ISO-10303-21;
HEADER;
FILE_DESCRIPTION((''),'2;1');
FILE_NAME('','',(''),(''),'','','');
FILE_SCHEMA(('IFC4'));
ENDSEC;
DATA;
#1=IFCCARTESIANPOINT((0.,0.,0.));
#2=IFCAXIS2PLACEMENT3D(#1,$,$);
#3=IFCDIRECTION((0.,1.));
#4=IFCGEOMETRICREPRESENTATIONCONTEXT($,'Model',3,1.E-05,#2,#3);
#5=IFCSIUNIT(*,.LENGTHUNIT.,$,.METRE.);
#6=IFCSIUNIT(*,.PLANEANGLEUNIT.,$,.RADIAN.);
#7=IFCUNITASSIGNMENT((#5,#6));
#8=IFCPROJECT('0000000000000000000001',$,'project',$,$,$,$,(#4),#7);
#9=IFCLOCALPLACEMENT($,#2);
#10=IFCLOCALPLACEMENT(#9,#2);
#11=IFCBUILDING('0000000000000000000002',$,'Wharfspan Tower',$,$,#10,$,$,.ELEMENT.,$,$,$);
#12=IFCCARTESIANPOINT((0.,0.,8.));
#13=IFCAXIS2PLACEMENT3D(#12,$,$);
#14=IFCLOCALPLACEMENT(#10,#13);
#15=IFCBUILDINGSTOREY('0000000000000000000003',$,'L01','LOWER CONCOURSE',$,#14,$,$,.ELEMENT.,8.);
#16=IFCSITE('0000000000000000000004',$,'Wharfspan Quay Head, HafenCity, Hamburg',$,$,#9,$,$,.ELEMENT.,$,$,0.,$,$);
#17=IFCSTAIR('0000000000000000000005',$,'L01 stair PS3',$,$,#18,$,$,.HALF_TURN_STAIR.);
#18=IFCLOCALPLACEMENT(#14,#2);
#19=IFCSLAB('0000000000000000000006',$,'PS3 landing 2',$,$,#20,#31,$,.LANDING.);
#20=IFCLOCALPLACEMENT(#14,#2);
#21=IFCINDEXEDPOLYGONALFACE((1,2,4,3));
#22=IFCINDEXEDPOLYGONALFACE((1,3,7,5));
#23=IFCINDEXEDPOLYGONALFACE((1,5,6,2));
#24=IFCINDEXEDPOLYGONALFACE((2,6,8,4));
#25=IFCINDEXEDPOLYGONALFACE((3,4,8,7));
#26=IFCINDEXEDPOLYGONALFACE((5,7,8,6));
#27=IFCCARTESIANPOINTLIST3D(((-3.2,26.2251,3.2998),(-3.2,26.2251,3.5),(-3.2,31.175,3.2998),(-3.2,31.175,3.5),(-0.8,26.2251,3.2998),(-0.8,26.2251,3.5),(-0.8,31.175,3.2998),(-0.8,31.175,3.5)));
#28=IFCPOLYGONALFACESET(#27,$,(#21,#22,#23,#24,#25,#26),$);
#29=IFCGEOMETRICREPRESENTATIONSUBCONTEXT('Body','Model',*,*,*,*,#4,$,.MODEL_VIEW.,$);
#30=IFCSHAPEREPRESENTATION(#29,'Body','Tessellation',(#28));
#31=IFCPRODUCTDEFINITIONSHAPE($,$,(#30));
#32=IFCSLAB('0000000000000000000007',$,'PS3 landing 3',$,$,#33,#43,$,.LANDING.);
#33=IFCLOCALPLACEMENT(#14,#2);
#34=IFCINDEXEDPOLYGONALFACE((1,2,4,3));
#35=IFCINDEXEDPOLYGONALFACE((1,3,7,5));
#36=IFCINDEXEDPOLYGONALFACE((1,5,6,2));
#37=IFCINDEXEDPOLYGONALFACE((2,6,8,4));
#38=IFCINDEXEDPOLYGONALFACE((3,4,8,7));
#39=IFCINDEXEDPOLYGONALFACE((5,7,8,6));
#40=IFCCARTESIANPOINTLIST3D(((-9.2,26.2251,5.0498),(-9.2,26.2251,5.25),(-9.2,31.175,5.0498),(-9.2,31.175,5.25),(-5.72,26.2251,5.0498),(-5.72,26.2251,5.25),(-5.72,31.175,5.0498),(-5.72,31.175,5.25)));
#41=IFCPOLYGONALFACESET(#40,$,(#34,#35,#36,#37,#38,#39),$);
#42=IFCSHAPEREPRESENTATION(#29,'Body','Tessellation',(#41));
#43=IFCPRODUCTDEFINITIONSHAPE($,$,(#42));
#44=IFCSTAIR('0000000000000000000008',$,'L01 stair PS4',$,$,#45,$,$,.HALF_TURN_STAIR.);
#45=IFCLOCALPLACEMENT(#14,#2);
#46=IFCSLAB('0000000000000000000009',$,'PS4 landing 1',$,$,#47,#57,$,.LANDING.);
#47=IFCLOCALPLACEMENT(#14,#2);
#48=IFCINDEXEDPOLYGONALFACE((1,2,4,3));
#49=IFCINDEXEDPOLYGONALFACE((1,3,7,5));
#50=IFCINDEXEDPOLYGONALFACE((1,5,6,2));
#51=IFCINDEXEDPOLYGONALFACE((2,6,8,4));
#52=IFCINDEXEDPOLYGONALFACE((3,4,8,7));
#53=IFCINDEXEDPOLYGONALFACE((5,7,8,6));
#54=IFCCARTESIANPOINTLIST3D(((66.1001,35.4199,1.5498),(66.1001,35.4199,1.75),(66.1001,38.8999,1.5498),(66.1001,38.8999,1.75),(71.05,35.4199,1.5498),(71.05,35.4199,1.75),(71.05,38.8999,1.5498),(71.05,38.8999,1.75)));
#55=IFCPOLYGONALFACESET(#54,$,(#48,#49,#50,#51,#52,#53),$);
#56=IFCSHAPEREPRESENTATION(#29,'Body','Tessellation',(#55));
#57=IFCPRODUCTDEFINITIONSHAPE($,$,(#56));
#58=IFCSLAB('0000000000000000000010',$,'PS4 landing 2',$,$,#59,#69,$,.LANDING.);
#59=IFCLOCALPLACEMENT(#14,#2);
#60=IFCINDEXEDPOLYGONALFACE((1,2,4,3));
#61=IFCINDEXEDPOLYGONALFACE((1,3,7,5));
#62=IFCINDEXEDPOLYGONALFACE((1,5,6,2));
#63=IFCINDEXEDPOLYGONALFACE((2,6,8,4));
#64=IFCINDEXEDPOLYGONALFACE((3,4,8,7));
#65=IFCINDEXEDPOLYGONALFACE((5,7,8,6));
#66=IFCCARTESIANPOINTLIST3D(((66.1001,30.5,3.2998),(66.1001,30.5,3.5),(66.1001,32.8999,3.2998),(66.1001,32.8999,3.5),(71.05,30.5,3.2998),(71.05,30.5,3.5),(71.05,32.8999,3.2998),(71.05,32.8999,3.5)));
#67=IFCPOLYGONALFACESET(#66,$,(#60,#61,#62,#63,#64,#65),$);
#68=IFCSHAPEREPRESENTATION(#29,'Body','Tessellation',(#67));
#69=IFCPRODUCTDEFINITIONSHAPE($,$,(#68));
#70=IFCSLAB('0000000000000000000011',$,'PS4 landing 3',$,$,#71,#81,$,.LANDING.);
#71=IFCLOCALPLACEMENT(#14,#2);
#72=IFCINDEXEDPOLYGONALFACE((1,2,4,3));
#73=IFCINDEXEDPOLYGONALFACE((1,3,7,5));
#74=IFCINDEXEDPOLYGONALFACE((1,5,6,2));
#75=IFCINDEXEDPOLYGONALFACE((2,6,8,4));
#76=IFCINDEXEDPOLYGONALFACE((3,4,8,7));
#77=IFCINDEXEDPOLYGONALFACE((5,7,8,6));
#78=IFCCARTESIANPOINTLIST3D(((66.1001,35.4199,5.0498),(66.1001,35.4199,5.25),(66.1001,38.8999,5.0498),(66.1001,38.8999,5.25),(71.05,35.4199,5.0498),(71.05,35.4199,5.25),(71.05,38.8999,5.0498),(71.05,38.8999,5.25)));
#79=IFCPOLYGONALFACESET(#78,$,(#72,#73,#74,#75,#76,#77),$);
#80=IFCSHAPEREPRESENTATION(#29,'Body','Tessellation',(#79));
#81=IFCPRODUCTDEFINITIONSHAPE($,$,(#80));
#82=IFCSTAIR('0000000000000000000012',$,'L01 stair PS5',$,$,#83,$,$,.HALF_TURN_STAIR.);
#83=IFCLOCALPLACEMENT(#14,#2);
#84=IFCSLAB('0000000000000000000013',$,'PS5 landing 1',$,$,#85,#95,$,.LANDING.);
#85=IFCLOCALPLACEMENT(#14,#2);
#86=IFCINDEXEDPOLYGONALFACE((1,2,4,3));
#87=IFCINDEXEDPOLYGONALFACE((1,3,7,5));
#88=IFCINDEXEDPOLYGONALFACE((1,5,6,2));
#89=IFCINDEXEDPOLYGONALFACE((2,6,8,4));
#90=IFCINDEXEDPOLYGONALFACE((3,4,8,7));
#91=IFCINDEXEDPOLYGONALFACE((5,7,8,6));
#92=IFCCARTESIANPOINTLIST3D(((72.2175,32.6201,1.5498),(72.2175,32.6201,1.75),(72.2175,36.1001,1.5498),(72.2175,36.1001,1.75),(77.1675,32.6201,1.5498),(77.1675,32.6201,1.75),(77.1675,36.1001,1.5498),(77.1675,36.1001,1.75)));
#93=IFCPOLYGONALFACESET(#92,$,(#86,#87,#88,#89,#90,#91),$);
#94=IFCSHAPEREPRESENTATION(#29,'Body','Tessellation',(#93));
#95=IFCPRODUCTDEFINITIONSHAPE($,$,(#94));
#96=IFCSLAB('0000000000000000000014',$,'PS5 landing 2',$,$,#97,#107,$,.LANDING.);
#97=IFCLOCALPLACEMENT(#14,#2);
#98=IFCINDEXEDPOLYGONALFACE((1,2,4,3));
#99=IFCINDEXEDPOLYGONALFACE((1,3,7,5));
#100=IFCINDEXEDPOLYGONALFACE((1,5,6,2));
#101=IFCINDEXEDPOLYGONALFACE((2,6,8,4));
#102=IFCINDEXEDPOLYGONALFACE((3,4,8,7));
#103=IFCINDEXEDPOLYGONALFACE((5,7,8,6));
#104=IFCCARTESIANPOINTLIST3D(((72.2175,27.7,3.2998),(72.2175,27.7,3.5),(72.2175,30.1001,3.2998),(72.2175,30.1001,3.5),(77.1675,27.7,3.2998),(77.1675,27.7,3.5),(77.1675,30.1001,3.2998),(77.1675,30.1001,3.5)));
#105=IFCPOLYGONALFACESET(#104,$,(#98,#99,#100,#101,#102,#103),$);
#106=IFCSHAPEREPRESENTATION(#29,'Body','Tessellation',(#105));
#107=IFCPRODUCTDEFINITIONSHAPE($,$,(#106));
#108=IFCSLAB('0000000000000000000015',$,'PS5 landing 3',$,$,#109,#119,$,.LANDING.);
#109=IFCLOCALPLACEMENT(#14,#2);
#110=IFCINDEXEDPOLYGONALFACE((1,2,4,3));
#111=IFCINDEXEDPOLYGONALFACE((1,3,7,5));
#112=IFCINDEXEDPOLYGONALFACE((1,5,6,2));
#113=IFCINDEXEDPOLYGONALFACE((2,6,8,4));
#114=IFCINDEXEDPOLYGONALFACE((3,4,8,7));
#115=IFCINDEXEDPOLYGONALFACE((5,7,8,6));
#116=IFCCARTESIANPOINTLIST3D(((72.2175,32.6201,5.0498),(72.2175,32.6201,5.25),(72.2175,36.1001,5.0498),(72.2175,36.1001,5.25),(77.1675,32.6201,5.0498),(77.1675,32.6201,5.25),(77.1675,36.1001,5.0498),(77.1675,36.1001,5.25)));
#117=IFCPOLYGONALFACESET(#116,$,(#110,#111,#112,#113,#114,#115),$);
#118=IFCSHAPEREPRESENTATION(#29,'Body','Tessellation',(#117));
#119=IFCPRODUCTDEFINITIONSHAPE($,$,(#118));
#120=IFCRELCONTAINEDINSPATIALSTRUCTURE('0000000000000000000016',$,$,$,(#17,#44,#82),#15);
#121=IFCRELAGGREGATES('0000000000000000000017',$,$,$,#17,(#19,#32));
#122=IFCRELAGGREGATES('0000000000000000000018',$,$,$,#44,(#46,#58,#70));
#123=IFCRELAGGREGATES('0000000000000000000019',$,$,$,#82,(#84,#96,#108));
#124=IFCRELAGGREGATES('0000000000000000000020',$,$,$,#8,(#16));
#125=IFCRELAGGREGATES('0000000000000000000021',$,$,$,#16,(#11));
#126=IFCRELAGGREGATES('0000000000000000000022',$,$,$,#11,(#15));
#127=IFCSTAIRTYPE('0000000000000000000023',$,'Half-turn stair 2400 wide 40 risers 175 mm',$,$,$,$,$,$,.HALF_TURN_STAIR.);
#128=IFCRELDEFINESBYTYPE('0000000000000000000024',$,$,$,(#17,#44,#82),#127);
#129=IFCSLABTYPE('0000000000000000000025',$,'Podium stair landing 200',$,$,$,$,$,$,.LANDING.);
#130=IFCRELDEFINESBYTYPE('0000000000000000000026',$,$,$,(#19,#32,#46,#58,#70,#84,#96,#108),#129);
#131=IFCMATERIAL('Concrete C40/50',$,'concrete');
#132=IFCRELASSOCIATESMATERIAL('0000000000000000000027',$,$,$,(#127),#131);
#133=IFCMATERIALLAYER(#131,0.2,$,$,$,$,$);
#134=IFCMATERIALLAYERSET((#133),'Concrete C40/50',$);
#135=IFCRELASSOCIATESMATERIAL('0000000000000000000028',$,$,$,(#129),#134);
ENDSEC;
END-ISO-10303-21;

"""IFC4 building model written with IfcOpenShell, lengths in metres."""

from ifc_helpers import new_model, si_unit, direction, frame, origin, place, context, subcontext, project, spatial, polyline, outline, extrude, material, layer, layer_set, type_object, element, aggregate, save


model = new_model("IFC4")

# Units and contexts
model_context = context("Model", 3, precision=1e-05, world=origin(), true_north=direction((0.0, 1.0)))
body_context = subcontext(model_context, "Body", "Model", "MODEL_VIEW")
ifc_project = project(units=[si_unit("LENGTHUNIT", "METRE"), si_unit("PLANEANGLEUNIT", "RADIAN")], contexts=[model_context])

# Site, building, storey
site_placement = place(None, origin())
site = spatial("IfcSite", under=ifc_project, at=site_placement, Name="Wharfspan Quay Head, HafenCity, Hamburg", CompositionType="ELEMENT", RefElevation=0.0)
building_placement = place(site_placement, origin())
building = spatial("IfcBuilding", under=site, at=building_placement, Name="Wharfspan Tower", CompositionType="ELEMENT")
storey_placement = place(building_placement, frame((0.0, 0.0, 8.0)))
storey = spatial("IfcBuildingStorey", under=building, at=storey_placement, Name="L01", Description="LOWER CONCOURSE", CompositionType="ELEMENT", Elevation=8.0)

# Shared definitions
ifc_material_1 = material(Name="Concrete C40/50", Category="concrete")
stair_type = type_object("IfcStairType", Name="Half-turn stair 2400 wide 40 risers 175 mm", PredefinedType="HALF_TURN_STAIR", material=ifc_material_1)
ifc_layer = layer(ifc_material_1, 0.2)
ifc_layer_set = layer_set([ifc_layer], Name="Concrete C40/50")
slab_type = type_object("IfcSlabType", Name="Podium stair landing 200", PredefinedType="LANDING", material=ifc_layer_set)

# Stairs, slabs
stair_1_placement = place(storey_placement, origin())
stair_1 = element("IfcStair", 1, at=stair_1_placement, inside=storey, type_object=stair_type, Name="L01 stair PS3", PredefinedType="HALF_TURN_STAIR")
slab_1_placement = place(storey_placement, frame((0.0, 0.0, 3.2998)))
slab_1 = element("IfcSlab", 2, at=slab_1_placement, type_object=slab_type, Name="PS3 landing 2", PredefinedType="LANDING", context=body_context, shape_type="SweptSolid", body=[
    extrude(outline(polyline([(-0.8, 31.175), (-3.2, 31.175), (-3.2, 26.2251), (-0.8, 26.2251), (-0.8, 31.175)])), origin(), (0.0, 0.0, 1.0), 0.2002),
])
slab_2_placement = place(storey_placement, frame((0.0, 0.0, 5.0498)))
slab_2 = element("IfcSlab", 3, at=slab_2_placement, type_object=slab_type, Name="PS3 landing 3", PredefinedType="LANDING", context=body_context, shape_type="SweptSolid", body=[
    extrude(outline(polyline([(-5.72, 31.175), (-9.2, 31.175), (-9.2, 26.2251), (-5.72, 26.2251), (-5.72, 31.175)])), origin(), (0.0, 0.0, 1.0), 0.2002),
])
aggregate(stair_1, [slab_1, slab_2])
stair_2_placement = place(storey_placement, origin())
stair_2 = element("IfcStair", 4, at=stair_2_placement, inside=storey, type_object=stair_type, Name="L01 stair PS4", PredefinedType="HALF_TURN_STAIR")
slab_3_placement = place(storey_placement, frame((0.0, 0.0, 1.5498)))
slab_3 = element("IfcSlab", 5, at=slab_3_placement, type_object=slab_type, Name="PS4 landing 1", PredefinedType="LANDING", context=body_context, shape_type="SweptSolid", body=[
    extrude(outline(polyline([(71.05, 35.4199), (71.05, 38.8999), (66.1001, 38.8999), (66.1001, 35.4199), (71.05, 35.4199)])), origin(), (0.0, 0.0, 1.0), 0.2002),
])
slab_4_placement = place(storey_placement, frame((0.0, 0.0, 3.2998)))
slab_4 = element("IfcSlab", 6, at=slab_4_placement, type_object=slab_type, Name="PS4 landing 2", PredefinedType="LANDING", context=body_context, shape_type="SweptSolid", body=[
    extrude(outline(polyline([(71.05, 30.5), (71.05, 32.8999), (66.1001, 32.8999), (66.1001, 30.5), (71.05, 30.5)])), origin(), (0.0, 0.0, 1.0), 0.2002),
])
slab_5_placement = place(storey_placement, frame((0.0, 0.0, 5.0498)))
slab_5 = element("IfcSlab", 7, at=slab_5_placement, type_object=slab_type, Name="PS4 landing 3", PredefinedType="LANDING", context=body_context, shape_type="SweptSolid", body=[
    extrude(outline(polyline([(71.05, 35.4199), (71.05, 38.8999), (66.1001, 38.8999), (66.1001, 35.4199), (71.05, 35.4199)])), origin(), (0.0, 0.0, 1.0), 0.2002),
])
aggregate(stair_2, [slab_3, slab_4, slab_5])
stair_3_placement = place(storey_placement, origin())
stair_3 = element("IfcStair", 8, at=stair_3_placement, inside=storey, type_object=stair_type, Name="L01 stair PS5", PredefinedType="HALF_TURN_STAIR")
slab_6_placement = place(storey_placement, frame((0.0, 0.0, 1.5498)))
slab_6 = element("IfcSlab", 9, at=slab_6_placement, type_object=slab_type, Name="PS5 landing 1", PredefinedType="LANDING", context=body_context, shape_type="SweptSolid", body=[
    extrude(outline(polyline([(77.1675, 32.6201), (77.1675, 36.1001), (72.2175, 36.1001), (72.2175, 32.6201), (77.1675, 32.6201)])), origin(), (0.0, 0.0, 1.0), 0.2002),
])
slab_7_placement = place(storey_placement, frame((0.0, 0.0, 3.2998)))
slab_7 = element("IfcSlab", 10, at=slab_7_placement, type_object=slab_type, Name="PS5 landing 2", PredefinedType="LANDING", context=body_context, shape_type="SweptSolid", body=[
    extrude(outline(polyline([(77.1675, 27.7), (77.1675, 30.1001), (72.2175, 30.1001), (72.2175, 27.7), (77.1675, 27.7)])), origin(), (0.0, 0.0, 1.0), 0.2002),
])
slab_8_placement = place(storey_placement, frame((0.0, 0.0, 5.0498)))
slab_8 = element("IfcSlab", 11, at=slab_8_placement, type_object=slab_type, Name="PS5 landing 3", PredefinedType="LANDING", context=body_context, shape_type="SweptSolid", body=[
    extrude(outline(polyline([(77.1675, 32.6201), (77.1675, 36.1001), (72.2175, 36.1001), (72.2175, 32.6201), (77.1675, 32.6201)])), origin(), (0.0, 0.0, 1.0), 0.2002),
])
aggregate(stair_3, [slab_6, slab_7, slab_8])

save(model, "model.ifc")
